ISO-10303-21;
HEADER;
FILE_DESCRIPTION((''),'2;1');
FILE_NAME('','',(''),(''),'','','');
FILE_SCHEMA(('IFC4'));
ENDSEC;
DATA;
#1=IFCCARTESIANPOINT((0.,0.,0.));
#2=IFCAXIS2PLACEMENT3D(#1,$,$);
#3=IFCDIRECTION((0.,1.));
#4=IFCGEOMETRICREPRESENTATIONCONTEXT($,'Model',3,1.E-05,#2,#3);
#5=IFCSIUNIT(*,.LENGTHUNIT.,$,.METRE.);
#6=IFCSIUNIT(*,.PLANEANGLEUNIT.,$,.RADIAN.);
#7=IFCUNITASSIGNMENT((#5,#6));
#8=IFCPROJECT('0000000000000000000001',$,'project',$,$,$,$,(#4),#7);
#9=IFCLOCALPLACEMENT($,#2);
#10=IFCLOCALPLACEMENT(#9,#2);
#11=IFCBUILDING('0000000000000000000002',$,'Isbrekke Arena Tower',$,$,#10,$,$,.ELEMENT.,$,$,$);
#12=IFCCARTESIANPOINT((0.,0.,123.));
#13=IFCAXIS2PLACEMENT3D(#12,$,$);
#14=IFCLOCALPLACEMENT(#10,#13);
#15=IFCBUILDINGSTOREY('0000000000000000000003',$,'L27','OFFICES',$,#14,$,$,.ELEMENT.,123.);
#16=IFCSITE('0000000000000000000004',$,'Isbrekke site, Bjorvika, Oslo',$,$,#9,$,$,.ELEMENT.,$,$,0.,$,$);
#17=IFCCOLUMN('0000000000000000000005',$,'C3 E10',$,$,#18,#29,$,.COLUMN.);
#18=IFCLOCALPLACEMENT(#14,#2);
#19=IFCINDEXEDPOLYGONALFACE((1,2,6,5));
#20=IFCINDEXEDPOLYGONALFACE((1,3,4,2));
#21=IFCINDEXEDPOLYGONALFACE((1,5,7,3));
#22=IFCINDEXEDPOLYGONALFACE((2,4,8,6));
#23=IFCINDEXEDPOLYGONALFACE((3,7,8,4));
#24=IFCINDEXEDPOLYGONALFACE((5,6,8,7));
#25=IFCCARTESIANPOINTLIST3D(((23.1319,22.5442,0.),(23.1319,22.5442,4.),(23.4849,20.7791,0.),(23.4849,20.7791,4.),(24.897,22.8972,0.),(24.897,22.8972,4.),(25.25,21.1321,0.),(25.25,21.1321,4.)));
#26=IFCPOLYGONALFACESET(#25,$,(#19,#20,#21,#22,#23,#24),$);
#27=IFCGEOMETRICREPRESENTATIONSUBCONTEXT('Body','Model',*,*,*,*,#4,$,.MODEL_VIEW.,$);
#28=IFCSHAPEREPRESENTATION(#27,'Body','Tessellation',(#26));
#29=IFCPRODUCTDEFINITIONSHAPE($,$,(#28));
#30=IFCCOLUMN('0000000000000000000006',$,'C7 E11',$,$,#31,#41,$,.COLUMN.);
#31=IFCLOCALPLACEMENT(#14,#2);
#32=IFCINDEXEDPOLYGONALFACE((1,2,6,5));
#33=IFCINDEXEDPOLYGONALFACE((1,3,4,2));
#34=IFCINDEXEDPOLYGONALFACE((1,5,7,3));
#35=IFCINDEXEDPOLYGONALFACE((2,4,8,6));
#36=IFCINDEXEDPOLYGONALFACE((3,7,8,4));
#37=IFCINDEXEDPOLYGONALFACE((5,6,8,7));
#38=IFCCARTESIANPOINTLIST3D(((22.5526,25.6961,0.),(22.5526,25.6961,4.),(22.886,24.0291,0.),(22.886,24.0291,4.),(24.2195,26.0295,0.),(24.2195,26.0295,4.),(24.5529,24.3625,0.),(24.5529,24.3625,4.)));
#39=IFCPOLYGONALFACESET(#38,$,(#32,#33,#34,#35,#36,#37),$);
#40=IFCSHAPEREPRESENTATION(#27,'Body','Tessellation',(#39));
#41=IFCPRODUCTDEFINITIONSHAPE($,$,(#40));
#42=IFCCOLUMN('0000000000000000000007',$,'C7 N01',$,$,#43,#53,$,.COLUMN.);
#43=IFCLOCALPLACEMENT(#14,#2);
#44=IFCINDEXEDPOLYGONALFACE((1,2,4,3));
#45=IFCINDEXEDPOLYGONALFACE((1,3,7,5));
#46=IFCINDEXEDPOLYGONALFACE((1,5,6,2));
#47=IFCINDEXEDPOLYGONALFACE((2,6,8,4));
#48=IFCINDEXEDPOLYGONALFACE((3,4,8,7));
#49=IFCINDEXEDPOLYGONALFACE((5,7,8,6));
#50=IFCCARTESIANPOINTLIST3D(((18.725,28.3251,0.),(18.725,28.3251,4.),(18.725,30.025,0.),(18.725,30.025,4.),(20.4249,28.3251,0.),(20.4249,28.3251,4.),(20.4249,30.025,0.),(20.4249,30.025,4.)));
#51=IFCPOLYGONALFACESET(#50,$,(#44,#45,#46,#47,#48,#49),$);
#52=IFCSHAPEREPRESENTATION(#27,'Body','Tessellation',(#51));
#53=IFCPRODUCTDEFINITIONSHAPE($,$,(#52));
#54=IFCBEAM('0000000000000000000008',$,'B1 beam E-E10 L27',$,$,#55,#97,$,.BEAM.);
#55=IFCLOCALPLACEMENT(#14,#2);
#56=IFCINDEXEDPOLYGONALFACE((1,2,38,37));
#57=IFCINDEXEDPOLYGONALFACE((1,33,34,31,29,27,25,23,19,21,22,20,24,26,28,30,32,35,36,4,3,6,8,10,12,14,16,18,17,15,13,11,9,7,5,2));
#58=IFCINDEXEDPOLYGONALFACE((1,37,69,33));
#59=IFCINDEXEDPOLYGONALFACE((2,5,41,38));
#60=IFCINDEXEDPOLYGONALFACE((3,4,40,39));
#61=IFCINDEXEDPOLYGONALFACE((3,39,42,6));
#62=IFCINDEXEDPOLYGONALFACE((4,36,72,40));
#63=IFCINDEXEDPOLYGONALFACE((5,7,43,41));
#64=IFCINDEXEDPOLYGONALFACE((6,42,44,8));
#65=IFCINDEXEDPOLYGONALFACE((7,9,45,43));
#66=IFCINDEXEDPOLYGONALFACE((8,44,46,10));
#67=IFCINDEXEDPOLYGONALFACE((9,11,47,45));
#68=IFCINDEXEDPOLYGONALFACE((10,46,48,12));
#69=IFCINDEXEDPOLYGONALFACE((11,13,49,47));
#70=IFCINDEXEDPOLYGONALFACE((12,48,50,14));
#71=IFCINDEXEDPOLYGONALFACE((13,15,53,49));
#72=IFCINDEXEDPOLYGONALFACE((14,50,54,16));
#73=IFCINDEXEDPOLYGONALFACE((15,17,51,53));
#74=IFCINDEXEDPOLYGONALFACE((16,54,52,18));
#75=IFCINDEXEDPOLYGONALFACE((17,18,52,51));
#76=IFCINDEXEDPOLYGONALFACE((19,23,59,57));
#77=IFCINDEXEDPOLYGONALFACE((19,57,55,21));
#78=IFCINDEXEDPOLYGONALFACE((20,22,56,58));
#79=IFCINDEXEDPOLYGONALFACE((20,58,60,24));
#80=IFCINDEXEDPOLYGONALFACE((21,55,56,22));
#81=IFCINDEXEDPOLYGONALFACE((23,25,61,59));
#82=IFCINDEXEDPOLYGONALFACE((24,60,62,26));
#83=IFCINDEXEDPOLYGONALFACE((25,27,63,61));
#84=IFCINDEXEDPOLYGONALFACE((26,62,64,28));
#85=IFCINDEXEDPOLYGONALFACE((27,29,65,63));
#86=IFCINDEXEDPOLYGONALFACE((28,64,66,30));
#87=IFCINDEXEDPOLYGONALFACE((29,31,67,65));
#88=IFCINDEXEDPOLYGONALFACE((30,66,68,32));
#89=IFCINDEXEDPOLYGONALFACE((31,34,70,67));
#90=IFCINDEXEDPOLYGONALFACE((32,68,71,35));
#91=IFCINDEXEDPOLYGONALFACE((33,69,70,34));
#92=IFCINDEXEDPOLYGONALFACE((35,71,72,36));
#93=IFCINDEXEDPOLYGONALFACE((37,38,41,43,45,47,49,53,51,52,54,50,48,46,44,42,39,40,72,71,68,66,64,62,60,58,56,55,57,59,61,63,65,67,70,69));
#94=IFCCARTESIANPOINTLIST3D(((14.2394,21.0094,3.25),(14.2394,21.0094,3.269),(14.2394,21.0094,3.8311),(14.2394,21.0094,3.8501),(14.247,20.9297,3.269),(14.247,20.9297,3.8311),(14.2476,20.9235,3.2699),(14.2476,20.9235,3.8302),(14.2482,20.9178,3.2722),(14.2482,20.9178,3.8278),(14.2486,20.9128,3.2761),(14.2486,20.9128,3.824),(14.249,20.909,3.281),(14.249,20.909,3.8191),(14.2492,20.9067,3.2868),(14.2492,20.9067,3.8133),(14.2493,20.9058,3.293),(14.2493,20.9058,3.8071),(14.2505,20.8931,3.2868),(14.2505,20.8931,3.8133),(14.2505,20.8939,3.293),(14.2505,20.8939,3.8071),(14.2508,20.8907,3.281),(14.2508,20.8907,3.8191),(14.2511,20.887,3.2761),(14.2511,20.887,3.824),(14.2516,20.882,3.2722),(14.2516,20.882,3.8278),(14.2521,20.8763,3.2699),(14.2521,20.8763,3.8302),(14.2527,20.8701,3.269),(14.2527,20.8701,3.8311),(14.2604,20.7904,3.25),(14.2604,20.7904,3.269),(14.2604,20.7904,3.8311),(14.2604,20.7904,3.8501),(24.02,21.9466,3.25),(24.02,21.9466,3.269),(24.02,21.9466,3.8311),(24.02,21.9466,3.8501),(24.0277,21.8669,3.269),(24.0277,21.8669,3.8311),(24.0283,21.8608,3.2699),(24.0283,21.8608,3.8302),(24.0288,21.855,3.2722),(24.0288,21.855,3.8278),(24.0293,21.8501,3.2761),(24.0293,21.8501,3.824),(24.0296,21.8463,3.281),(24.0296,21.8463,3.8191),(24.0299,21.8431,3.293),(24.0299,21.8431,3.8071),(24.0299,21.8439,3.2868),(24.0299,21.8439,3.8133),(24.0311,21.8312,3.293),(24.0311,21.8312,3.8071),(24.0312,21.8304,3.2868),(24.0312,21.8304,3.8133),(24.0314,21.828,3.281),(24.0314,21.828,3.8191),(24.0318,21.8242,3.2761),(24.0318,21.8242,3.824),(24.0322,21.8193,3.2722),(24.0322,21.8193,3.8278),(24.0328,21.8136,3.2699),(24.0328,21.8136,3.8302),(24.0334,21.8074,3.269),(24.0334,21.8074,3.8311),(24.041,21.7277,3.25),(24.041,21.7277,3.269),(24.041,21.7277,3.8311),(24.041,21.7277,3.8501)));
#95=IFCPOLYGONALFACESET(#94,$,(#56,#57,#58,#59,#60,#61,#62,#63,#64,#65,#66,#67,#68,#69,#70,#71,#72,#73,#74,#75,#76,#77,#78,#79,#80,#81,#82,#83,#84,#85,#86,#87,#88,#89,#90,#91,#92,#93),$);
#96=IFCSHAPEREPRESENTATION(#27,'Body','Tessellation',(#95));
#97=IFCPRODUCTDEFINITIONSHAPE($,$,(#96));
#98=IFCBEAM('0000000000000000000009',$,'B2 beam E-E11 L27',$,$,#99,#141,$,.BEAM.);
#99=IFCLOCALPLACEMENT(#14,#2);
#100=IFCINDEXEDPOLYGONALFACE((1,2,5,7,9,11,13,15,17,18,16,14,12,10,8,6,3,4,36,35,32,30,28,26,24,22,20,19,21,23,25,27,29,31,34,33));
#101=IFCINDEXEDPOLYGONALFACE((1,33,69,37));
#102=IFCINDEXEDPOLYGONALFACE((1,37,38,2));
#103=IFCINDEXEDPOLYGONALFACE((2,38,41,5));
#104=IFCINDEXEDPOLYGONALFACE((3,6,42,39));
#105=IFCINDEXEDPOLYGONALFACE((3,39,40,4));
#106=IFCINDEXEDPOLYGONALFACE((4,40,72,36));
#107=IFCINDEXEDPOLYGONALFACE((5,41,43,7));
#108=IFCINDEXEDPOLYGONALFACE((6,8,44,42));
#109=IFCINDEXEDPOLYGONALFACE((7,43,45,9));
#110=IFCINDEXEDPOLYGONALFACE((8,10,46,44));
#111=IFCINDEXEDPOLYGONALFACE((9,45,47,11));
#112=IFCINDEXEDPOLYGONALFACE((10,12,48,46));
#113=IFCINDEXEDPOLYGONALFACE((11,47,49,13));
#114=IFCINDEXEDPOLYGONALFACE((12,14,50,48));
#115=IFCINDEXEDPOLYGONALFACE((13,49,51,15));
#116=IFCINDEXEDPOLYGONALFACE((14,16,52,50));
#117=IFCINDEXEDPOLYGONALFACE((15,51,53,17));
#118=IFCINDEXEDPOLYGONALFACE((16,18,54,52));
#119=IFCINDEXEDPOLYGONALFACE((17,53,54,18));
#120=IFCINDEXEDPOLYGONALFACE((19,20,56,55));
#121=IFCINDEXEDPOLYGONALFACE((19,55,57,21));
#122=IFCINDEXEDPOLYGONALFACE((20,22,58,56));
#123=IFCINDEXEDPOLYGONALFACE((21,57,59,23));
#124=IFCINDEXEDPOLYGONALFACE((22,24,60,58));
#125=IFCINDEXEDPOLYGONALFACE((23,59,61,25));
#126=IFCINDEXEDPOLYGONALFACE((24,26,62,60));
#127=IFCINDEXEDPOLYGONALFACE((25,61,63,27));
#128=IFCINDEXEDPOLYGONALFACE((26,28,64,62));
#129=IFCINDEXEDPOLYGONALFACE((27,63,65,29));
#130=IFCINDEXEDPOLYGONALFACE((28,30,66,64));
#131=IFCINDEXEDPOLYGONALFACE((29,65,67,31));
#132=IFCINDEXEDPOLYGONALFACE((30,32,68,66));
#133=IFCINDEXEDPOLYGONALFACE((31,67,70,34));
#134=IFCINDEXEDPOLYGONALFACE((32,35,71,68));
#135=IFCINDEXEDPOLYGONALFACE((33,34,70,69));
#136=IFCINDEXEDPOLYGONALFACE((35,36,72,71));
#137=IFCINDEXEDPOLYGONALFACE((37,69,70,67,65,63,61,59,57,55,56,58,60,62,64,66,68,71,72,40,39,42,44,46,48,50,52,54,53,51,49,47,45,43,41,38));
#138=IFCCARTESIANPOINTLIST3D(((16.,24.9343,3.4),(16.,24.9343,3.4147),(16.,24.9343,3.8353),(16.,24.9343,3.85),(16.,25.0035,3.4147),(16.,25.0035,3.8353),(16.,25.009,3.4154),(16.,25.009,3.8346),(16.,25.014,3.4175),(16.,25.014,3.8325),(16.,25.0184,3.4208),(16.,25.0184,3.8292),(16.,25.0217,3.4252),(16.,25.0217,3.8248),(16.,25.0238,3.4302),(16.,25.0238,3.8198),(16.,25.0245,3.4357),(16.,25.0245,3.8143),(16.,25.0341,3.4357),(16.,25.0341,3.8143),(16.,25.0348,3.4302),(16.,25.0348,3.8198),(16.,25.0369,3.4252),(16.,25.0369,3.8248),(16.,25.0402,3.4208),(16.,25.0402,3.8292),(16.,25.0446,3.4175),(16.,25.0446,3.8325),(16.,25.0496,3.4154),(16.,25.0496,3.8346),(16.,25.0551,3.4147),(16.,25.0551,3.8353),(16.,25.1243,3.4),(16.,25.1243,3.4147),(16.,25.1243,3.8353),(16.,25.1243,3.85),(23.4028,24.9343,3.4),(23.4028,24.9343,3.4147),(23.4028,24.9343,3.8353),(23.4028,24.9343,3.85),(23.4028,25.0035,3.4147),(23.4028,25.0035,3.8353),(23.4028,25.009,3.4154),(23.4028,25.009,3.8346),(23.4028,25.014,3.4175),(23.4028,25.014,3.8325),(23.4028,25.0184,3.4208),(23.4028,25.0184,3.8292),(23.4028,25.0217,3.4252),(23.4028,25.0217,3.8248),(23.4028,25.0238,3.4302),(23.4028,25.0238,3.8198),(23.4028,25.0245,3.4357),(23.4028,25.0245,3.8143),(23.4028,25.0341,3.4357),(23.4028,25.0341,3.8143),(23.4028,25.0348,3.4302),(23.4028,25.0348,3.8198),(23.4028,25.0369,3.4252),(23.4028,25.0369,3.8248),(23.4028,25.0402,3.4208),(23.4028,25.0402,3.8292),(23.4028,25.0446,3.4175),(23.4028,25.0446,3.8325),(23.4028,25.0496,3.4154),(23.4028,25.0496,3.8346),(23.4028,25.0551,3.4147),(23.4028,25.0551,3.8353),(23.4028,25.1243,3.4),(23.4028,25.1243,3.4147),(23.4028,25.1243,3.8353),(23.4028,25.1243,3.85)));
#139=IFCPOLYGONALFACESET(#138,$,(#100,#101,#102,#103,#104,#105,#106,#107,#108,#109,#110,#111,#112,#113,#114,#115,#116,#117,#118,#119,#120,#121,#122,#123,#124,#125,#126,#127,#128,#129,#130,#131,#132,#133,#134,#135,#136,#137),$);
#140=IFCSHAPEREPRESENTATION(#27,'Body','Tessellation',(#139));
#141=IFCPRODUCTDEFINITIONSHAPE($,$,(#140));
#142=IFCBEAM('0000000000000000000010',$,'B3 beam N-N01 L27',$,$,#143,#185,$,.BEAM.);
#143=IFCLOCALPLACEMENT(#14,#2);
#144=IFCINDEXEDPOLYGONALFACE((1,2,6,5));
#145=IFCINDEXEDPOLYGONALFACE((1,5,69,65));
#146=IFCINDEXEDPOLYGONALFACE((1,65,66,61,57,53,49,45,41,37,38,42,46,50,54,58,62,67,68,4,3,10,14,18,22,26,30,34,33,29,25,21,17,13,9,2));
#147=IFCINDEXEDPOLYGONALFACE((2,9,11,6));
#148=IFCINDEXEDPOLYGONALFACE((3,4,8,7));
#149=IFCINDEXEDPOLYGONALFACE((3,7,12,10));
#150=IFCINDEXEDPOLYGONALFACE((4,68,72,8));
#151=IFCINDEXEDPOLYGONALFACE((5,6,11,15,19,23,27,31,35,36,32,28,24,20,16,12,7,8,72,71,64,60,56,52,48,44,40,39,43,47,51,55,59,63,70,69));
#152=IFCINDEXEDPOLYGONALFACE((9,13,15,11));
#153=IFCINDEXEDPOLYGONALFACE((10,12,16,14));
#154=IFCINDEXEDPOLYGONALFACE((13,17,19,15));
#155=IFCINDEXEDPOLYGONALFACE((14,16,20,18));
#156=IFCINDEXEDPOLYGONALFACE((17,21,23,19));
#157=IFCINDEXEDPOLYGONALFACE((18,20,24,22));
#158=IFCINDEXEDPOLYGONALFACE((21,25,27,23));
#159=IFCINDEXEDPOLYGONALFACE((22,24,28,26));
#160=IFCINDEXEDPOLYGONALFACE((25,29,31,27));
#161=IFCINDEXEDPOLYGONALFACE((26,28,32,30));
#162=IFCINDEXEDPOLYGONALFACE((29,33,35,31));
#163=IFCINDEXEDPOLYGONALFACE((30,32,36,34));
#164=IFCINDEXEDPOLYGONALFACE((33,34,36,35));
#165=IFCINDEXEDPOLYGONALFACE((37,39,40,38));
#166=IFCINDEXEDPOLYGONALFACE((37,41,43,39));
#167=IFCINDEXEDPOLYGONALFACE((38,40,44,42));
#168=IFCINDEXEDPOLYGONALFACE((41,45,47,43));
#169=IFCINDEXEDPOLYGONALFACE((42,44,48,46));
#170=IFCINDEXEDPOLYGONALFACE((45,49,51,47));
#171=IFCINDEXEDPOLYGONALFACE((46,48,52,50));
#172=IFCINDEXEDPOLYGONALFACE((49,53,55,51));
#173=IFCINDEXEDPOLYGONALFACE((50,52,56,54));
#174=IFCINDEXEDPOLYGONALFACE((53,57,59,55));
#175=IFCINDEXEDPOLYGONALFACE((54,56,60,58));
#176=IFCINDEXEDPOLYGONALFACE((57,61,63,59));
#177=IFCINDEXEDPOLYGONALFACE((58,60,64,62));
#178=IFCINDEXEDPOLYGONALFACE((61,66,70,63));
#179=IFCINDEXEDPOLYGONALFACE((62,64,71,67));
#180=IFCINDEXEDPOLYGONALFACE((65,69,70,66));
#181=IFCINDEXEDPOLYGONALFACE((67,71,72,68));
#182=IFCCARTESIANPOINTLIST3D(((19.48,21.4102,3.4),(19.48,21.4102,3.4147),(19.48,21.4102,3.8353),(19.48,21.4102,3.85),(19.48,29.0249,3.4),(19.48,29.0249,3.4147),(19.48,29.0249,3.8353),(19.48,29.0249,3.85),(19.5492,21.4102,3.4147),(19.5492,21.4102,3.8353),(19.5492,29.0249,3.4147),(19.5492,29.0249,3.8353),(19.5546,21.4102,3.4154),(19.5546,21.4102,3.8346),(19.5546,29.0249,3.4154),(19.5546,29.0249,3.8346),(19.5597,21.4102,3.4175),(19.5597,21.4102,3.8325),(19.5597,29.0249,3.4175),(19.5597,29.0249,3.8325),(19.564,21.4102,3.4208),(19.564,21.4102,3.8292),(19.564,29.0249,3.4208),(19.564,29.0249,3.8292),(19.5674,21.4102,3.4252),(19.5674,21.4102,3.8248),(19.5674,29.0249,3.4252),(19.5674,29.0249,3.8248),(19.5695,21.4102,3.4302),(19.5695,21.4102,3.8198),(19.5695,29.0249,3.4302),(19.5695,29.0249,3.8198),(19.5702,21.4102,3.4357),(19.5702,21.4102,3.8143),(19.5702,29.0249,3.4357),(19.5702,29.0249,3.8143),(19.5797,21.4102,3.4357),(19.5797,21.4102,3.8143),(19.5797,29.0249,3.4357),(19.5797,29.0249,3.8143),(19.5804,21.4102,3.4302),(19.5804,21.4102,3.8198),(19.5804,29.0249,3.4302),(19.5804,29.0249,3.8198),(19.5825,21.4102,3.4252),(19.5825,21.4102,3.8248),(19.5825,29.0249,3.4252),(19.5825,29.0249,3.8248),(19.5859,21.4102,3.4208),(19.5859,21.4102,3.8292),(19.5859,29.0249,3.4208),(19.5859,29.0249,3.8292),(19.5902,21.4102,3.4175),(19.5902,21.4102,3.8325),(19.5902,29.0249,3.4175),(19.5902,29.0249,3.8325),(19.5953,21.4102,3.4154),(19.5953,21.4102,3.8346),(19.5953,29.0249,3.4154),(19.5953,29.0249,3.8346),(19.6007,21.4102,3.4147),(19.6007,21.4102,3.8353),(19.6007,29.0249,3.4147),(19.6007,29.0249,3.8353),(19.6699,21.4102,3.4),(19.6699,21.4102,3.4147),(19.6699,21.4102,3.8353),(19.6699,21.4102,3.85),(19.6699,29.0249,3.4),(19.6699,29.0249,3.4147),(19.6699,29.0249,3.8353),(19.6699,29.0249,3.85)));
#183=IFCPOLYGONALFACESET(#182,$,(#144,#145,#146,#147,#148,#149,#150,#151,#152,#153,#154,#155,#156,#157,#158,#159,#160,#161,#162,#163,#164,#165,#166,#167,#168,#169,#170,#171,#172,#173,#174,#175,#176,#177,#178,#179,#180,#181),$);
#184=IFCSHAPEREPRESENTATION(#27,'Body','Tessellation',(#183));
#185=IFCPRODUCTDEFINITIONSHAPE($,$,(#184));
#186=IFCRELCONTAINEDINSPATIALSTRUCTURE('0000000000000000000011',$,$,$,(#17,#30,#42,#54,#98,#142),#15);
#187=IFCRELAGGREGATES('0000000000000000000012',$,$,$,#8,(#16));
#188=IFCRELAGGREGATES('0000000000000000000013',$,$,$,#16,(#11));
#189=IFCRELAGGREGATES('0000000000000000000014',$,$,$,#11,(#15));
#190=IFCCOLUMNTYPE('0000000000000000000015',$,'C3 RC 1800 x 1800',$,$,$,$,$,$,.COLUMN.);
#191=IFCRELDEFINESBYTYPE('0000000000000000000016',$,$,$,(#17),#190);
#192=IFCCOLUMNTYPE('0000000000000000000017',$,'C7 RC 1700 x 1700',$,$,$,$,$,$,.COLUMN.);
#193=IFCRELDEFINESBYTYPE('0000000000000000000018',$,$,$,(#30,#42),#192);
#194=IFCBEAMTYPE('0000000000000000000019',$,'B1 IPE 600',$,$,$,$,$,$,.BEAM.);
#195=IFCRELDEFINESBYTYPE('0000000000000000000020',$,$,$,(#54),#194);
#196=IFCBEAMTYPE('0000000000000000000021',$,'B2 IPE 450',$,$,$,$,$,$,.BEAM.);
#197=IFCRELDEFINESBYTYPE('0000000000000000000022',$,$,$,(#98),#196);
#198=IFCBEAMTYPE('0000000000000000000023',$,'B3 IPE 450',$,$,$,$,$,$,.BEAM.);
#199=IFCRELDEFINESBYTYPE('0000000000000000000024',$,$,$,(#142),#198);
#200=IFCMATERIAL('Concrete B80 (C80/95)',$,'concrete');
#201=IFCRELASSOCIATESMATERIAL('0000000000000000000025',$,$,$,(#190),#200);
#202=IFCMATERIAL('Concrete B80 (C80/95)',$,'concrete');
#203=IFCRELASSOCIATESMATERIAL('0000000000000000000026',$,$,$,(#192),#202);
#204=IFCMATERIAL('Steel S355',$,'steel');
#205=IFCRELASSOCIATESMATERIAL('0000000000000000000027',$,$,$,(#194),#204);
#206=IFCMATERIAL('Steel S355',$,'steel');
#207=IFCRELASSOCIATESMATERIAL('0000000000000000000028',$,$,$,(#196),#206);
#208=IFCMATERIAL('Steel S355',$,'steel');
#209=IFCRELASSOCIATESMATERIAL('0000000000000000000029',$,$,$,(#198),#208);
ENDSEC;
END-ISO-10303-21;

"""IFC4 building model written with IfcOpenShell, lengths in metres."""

from ifc_helpers import new_model, si_unit, direction, frame, origin, origin_2d, place, context, subcontext, project, spatial, rectangle, i_section, extrude, material, material_profile, profile_set, type_object, element, save


model = new_model("IFC4")

# Units and contexts
model_context = context("Model", 3, precision=1e-05, world=origin(), true_north=direction((0.0, 1.0)))
body_context = subcontext(model_context, "Body", "Model", "MODEL_VIEW")
ifc_project = project(units=[si_unit("LENGTHUNIT", "METRE"), si_unit("PLANEANGLEUNIT", "RADIAN")], contexts=[model_context])

# Site, building, storey
site_placement = place(None, origin())
site = spatial("IfcSite", under=ifc_project, at=site_placement, Name="Isbrekke site, Bjorvika, Oslo", CompositionType="ELEMENT", RefElevation=0.0)
building_placement = place(site_placement, origin())
building = spatial("IfcBuilding", under=site, at=building_placement, Name="Isbrekke Arena Tower", CompositionType="ELEMENT")
storey_placement = place(building_placement, frame((0.0, 0.0, 123.0)))
storey = spatial("IfcBuildingStorey", under=building, at=storey_placement, Name="L27", Description="OFFICES", CompositionType="ELEMENT", Elevation=123.0)

# Columns
ifc_material_1 = material(Name="Concrete B80 (C80/95)", Category="concrete")
ifc_material_profile_1 = material_profile(ifc_material_1, rectangle(XDim=1.8, YDim=1.8, at=origin_2d()), Name="RC 1800x1800")
ifc_profile_set_1 = profile_set([ifc_material_profile_1], Name="Concrete B80 (C80/95)")
column_type_1 = type_object("IfcColumnType", Name="C3 RC 1800 x 1800", PredefinedType="COLUMN", material=ifc_profile_set_1)
column_placement = place(storey_placement, frame((24.1909, 21.8381, 0.0), z_axis=(0.0, 0.0, 1.0), x_axis=(-0.196116, 0.980581, 0.0)))
element("IfcColumn", 1, at=column_placement, inside=storey, type_object=column_type_1, Name="C3 E10", PredefinedType="COLUMN", context=body_context, shape_type="SweptSolid", body=[
    extrude(rectangle(XDim=1.8, YDim=1.8, at=origin_2d()), origin(), (0.0, 0.0, 1.0), 4.0),
])
ifc_material_2 = material(Name="Concrete B80 (C80/95)", Category="concrete")
ifc_material_profile_2 = material_profile(ifc_material_2, rectangle(XDim=1.7, YDim=1.7, at=origin_2d()), Name="RC 1700x1700")
ifc_profile_set_2 = profile_set([ifc_material_profile_2], Name="Concrete B80 (C80/95)")
column_type_2 = type_object("IfcColumnType", Name="C7 RC 1700 x 1700", PredefinedType="COLUMN", material=ifc_profile_set_2)
for number, where, z_axis, x_axis, name in (
    (2, (23.5527, 25.0293, 0.0), (0.0, 0.0, 1.0), (-0.196116, 0.980581, 0.0), "C7 E11"),
    (3, (19.575, 29.175, 0.0), (0.0, 0.0, 1.0), (-1.0, 0.0, 0.0), "C7 N01"),
):
    element("IfcColumn", number, at=place(storey_placement, frame(where, z_axis=z_axis, x_axis=x_axis)), inside=storey, type_object=column_type_2, Name=name, PredefinedType="COLUMN", context=body_context, shape_type="SweptSolid", body=[
        extrude(rectangle(XDim=1.7, YDim=1.7, at=origin_2d()), origin(), (0.0, 0.0, 1.0), 4.0),
    ])

# Beams
ifc_material_3 = material(Name="Steel S355", Category="steel")
ifc_material_profile_3 = material_profile(ifc_material_3, i_section(OverallWidth=0.22, OverallDepth=0.6001, WebThickness=0.012, FlangeThickness=0.019, FilletRadius=0.0239, at=origin_2d()), Name="IPE 600")
ifc_profile_set_3 = profile_set([ifc_material_profile_3], Name="Steel S355")
beam_type_1 = type_object("IfcBeamType", Name="B1 IPE 600", PredefinedType="BEAM", material=ifc_profile_set_3)
beam_1_placement = place(storey_placement, frame((24.0305, 21.8372, 3.55), z_axis=(-0.99544, -0.095392, 0.0), x_axis=(0.095392, -0.99544, 0.0)))
element("IfcBeam", 4, at=beam_1_placement, inside=storey, type_object=beam_type_1, Name="B1 beam E-E10 L27", PredefinedType="BEAM", context=body_context, shape_type="SweptSolid", body=[
    extrude(i_section(OverallWidth=0.22, OverallDepth=0.6001, WebThickness=0.012, FlangeThickness=0.019, FilletRadius=0.0239, at=origin_2d()), origin(), (0.0, 0.0, 1.0), 9.8254),
])
ifc_material_4 = material(Name="Steel S355", Category="steel")
ifc_material_profile_4 = material_profile(ifc_material_4, i_section(OverallWidth=0.1899, OverallDepth=0.45, WebThickness=0.0095, FlangeThickness=0.0146, FilletRadius=0.021, at=origin_2d()), Name="IPE 450")
ifc_profile_set_4 = profile_set([ifc_material_profile_4], Name="Steel S355")
beam_type_2 = type_object("IfcBeamType", Name="B2 IPE 450", PredefinedType="BEAM", material=ifc_profile_set_4)
beam_2_placement = place(storey_placement, frame((23.4028, 25.0293, 3.625), z_axis=(-1.0, 0.0, 0.0), x_axis=(0.0, -1.0, 0.0)))
element("IfcBeam", 5, at=beam_2_placement, inside=storey, type_object=beam_type_2, Name="B2 beam E-E11 L27", PredefinedType="BEAM", context=body_context, shape_type="SweptSolid", body=[
    extrude(i_section(OverallWidth=0.1899, OverallDepth=0.45, WebThickness=0.0095, FlangeThickness=0.0146, FilletRadius=0.021, at=origin_2d()), origin(), (0.0, 0.0, 1.0), 7.4028),
])
ifc_material_5 = material(Name="Steel S355", Category="steel")
ifc_material_profile_5 = material_profile(ifc_material_5, i_section(OverallWidth=0.1899, OverallDepth=0.45, WebThickness=0.0095, FlangeThickness=0.0146, FilletRadius=0.021, at=origin_2d()), Name="IPE 450")
ifc_profile_set_5 = profile_set([ifc_material_profile_5], Name="Steel S355")
beam_type_3 = type_object("IfcBeamType", Name="B3 IPE 450", PredefinedType="BEAM", material=ifc_profile_set_5)
beam_3_placement = place(storey_placement, frame((19.575, 29.0249, 3.625), z_axis=(0.0, -1.0, 0.0), x_axis=(1.0, 0.0, 0.0)))
element("IfcBeam", 6, at=beam_3_placement, inside=storey, type_object=beam_type_3, Name="B3 beam N-N01 L27", PredefinedType="BEAM", context=body_context, shape_type="SweptSolid", body=[
    extrude(i_section(OverallWidth=0.1899, OverallDepth=0.45, WebThickness=0.0095, FlangeThickness=0.0146, FilletRadius=0.021, at=origin_2d()), origin(), (0.0, 0.0, 1.0), 7.6147),
])

save(model, "model.ifc")
